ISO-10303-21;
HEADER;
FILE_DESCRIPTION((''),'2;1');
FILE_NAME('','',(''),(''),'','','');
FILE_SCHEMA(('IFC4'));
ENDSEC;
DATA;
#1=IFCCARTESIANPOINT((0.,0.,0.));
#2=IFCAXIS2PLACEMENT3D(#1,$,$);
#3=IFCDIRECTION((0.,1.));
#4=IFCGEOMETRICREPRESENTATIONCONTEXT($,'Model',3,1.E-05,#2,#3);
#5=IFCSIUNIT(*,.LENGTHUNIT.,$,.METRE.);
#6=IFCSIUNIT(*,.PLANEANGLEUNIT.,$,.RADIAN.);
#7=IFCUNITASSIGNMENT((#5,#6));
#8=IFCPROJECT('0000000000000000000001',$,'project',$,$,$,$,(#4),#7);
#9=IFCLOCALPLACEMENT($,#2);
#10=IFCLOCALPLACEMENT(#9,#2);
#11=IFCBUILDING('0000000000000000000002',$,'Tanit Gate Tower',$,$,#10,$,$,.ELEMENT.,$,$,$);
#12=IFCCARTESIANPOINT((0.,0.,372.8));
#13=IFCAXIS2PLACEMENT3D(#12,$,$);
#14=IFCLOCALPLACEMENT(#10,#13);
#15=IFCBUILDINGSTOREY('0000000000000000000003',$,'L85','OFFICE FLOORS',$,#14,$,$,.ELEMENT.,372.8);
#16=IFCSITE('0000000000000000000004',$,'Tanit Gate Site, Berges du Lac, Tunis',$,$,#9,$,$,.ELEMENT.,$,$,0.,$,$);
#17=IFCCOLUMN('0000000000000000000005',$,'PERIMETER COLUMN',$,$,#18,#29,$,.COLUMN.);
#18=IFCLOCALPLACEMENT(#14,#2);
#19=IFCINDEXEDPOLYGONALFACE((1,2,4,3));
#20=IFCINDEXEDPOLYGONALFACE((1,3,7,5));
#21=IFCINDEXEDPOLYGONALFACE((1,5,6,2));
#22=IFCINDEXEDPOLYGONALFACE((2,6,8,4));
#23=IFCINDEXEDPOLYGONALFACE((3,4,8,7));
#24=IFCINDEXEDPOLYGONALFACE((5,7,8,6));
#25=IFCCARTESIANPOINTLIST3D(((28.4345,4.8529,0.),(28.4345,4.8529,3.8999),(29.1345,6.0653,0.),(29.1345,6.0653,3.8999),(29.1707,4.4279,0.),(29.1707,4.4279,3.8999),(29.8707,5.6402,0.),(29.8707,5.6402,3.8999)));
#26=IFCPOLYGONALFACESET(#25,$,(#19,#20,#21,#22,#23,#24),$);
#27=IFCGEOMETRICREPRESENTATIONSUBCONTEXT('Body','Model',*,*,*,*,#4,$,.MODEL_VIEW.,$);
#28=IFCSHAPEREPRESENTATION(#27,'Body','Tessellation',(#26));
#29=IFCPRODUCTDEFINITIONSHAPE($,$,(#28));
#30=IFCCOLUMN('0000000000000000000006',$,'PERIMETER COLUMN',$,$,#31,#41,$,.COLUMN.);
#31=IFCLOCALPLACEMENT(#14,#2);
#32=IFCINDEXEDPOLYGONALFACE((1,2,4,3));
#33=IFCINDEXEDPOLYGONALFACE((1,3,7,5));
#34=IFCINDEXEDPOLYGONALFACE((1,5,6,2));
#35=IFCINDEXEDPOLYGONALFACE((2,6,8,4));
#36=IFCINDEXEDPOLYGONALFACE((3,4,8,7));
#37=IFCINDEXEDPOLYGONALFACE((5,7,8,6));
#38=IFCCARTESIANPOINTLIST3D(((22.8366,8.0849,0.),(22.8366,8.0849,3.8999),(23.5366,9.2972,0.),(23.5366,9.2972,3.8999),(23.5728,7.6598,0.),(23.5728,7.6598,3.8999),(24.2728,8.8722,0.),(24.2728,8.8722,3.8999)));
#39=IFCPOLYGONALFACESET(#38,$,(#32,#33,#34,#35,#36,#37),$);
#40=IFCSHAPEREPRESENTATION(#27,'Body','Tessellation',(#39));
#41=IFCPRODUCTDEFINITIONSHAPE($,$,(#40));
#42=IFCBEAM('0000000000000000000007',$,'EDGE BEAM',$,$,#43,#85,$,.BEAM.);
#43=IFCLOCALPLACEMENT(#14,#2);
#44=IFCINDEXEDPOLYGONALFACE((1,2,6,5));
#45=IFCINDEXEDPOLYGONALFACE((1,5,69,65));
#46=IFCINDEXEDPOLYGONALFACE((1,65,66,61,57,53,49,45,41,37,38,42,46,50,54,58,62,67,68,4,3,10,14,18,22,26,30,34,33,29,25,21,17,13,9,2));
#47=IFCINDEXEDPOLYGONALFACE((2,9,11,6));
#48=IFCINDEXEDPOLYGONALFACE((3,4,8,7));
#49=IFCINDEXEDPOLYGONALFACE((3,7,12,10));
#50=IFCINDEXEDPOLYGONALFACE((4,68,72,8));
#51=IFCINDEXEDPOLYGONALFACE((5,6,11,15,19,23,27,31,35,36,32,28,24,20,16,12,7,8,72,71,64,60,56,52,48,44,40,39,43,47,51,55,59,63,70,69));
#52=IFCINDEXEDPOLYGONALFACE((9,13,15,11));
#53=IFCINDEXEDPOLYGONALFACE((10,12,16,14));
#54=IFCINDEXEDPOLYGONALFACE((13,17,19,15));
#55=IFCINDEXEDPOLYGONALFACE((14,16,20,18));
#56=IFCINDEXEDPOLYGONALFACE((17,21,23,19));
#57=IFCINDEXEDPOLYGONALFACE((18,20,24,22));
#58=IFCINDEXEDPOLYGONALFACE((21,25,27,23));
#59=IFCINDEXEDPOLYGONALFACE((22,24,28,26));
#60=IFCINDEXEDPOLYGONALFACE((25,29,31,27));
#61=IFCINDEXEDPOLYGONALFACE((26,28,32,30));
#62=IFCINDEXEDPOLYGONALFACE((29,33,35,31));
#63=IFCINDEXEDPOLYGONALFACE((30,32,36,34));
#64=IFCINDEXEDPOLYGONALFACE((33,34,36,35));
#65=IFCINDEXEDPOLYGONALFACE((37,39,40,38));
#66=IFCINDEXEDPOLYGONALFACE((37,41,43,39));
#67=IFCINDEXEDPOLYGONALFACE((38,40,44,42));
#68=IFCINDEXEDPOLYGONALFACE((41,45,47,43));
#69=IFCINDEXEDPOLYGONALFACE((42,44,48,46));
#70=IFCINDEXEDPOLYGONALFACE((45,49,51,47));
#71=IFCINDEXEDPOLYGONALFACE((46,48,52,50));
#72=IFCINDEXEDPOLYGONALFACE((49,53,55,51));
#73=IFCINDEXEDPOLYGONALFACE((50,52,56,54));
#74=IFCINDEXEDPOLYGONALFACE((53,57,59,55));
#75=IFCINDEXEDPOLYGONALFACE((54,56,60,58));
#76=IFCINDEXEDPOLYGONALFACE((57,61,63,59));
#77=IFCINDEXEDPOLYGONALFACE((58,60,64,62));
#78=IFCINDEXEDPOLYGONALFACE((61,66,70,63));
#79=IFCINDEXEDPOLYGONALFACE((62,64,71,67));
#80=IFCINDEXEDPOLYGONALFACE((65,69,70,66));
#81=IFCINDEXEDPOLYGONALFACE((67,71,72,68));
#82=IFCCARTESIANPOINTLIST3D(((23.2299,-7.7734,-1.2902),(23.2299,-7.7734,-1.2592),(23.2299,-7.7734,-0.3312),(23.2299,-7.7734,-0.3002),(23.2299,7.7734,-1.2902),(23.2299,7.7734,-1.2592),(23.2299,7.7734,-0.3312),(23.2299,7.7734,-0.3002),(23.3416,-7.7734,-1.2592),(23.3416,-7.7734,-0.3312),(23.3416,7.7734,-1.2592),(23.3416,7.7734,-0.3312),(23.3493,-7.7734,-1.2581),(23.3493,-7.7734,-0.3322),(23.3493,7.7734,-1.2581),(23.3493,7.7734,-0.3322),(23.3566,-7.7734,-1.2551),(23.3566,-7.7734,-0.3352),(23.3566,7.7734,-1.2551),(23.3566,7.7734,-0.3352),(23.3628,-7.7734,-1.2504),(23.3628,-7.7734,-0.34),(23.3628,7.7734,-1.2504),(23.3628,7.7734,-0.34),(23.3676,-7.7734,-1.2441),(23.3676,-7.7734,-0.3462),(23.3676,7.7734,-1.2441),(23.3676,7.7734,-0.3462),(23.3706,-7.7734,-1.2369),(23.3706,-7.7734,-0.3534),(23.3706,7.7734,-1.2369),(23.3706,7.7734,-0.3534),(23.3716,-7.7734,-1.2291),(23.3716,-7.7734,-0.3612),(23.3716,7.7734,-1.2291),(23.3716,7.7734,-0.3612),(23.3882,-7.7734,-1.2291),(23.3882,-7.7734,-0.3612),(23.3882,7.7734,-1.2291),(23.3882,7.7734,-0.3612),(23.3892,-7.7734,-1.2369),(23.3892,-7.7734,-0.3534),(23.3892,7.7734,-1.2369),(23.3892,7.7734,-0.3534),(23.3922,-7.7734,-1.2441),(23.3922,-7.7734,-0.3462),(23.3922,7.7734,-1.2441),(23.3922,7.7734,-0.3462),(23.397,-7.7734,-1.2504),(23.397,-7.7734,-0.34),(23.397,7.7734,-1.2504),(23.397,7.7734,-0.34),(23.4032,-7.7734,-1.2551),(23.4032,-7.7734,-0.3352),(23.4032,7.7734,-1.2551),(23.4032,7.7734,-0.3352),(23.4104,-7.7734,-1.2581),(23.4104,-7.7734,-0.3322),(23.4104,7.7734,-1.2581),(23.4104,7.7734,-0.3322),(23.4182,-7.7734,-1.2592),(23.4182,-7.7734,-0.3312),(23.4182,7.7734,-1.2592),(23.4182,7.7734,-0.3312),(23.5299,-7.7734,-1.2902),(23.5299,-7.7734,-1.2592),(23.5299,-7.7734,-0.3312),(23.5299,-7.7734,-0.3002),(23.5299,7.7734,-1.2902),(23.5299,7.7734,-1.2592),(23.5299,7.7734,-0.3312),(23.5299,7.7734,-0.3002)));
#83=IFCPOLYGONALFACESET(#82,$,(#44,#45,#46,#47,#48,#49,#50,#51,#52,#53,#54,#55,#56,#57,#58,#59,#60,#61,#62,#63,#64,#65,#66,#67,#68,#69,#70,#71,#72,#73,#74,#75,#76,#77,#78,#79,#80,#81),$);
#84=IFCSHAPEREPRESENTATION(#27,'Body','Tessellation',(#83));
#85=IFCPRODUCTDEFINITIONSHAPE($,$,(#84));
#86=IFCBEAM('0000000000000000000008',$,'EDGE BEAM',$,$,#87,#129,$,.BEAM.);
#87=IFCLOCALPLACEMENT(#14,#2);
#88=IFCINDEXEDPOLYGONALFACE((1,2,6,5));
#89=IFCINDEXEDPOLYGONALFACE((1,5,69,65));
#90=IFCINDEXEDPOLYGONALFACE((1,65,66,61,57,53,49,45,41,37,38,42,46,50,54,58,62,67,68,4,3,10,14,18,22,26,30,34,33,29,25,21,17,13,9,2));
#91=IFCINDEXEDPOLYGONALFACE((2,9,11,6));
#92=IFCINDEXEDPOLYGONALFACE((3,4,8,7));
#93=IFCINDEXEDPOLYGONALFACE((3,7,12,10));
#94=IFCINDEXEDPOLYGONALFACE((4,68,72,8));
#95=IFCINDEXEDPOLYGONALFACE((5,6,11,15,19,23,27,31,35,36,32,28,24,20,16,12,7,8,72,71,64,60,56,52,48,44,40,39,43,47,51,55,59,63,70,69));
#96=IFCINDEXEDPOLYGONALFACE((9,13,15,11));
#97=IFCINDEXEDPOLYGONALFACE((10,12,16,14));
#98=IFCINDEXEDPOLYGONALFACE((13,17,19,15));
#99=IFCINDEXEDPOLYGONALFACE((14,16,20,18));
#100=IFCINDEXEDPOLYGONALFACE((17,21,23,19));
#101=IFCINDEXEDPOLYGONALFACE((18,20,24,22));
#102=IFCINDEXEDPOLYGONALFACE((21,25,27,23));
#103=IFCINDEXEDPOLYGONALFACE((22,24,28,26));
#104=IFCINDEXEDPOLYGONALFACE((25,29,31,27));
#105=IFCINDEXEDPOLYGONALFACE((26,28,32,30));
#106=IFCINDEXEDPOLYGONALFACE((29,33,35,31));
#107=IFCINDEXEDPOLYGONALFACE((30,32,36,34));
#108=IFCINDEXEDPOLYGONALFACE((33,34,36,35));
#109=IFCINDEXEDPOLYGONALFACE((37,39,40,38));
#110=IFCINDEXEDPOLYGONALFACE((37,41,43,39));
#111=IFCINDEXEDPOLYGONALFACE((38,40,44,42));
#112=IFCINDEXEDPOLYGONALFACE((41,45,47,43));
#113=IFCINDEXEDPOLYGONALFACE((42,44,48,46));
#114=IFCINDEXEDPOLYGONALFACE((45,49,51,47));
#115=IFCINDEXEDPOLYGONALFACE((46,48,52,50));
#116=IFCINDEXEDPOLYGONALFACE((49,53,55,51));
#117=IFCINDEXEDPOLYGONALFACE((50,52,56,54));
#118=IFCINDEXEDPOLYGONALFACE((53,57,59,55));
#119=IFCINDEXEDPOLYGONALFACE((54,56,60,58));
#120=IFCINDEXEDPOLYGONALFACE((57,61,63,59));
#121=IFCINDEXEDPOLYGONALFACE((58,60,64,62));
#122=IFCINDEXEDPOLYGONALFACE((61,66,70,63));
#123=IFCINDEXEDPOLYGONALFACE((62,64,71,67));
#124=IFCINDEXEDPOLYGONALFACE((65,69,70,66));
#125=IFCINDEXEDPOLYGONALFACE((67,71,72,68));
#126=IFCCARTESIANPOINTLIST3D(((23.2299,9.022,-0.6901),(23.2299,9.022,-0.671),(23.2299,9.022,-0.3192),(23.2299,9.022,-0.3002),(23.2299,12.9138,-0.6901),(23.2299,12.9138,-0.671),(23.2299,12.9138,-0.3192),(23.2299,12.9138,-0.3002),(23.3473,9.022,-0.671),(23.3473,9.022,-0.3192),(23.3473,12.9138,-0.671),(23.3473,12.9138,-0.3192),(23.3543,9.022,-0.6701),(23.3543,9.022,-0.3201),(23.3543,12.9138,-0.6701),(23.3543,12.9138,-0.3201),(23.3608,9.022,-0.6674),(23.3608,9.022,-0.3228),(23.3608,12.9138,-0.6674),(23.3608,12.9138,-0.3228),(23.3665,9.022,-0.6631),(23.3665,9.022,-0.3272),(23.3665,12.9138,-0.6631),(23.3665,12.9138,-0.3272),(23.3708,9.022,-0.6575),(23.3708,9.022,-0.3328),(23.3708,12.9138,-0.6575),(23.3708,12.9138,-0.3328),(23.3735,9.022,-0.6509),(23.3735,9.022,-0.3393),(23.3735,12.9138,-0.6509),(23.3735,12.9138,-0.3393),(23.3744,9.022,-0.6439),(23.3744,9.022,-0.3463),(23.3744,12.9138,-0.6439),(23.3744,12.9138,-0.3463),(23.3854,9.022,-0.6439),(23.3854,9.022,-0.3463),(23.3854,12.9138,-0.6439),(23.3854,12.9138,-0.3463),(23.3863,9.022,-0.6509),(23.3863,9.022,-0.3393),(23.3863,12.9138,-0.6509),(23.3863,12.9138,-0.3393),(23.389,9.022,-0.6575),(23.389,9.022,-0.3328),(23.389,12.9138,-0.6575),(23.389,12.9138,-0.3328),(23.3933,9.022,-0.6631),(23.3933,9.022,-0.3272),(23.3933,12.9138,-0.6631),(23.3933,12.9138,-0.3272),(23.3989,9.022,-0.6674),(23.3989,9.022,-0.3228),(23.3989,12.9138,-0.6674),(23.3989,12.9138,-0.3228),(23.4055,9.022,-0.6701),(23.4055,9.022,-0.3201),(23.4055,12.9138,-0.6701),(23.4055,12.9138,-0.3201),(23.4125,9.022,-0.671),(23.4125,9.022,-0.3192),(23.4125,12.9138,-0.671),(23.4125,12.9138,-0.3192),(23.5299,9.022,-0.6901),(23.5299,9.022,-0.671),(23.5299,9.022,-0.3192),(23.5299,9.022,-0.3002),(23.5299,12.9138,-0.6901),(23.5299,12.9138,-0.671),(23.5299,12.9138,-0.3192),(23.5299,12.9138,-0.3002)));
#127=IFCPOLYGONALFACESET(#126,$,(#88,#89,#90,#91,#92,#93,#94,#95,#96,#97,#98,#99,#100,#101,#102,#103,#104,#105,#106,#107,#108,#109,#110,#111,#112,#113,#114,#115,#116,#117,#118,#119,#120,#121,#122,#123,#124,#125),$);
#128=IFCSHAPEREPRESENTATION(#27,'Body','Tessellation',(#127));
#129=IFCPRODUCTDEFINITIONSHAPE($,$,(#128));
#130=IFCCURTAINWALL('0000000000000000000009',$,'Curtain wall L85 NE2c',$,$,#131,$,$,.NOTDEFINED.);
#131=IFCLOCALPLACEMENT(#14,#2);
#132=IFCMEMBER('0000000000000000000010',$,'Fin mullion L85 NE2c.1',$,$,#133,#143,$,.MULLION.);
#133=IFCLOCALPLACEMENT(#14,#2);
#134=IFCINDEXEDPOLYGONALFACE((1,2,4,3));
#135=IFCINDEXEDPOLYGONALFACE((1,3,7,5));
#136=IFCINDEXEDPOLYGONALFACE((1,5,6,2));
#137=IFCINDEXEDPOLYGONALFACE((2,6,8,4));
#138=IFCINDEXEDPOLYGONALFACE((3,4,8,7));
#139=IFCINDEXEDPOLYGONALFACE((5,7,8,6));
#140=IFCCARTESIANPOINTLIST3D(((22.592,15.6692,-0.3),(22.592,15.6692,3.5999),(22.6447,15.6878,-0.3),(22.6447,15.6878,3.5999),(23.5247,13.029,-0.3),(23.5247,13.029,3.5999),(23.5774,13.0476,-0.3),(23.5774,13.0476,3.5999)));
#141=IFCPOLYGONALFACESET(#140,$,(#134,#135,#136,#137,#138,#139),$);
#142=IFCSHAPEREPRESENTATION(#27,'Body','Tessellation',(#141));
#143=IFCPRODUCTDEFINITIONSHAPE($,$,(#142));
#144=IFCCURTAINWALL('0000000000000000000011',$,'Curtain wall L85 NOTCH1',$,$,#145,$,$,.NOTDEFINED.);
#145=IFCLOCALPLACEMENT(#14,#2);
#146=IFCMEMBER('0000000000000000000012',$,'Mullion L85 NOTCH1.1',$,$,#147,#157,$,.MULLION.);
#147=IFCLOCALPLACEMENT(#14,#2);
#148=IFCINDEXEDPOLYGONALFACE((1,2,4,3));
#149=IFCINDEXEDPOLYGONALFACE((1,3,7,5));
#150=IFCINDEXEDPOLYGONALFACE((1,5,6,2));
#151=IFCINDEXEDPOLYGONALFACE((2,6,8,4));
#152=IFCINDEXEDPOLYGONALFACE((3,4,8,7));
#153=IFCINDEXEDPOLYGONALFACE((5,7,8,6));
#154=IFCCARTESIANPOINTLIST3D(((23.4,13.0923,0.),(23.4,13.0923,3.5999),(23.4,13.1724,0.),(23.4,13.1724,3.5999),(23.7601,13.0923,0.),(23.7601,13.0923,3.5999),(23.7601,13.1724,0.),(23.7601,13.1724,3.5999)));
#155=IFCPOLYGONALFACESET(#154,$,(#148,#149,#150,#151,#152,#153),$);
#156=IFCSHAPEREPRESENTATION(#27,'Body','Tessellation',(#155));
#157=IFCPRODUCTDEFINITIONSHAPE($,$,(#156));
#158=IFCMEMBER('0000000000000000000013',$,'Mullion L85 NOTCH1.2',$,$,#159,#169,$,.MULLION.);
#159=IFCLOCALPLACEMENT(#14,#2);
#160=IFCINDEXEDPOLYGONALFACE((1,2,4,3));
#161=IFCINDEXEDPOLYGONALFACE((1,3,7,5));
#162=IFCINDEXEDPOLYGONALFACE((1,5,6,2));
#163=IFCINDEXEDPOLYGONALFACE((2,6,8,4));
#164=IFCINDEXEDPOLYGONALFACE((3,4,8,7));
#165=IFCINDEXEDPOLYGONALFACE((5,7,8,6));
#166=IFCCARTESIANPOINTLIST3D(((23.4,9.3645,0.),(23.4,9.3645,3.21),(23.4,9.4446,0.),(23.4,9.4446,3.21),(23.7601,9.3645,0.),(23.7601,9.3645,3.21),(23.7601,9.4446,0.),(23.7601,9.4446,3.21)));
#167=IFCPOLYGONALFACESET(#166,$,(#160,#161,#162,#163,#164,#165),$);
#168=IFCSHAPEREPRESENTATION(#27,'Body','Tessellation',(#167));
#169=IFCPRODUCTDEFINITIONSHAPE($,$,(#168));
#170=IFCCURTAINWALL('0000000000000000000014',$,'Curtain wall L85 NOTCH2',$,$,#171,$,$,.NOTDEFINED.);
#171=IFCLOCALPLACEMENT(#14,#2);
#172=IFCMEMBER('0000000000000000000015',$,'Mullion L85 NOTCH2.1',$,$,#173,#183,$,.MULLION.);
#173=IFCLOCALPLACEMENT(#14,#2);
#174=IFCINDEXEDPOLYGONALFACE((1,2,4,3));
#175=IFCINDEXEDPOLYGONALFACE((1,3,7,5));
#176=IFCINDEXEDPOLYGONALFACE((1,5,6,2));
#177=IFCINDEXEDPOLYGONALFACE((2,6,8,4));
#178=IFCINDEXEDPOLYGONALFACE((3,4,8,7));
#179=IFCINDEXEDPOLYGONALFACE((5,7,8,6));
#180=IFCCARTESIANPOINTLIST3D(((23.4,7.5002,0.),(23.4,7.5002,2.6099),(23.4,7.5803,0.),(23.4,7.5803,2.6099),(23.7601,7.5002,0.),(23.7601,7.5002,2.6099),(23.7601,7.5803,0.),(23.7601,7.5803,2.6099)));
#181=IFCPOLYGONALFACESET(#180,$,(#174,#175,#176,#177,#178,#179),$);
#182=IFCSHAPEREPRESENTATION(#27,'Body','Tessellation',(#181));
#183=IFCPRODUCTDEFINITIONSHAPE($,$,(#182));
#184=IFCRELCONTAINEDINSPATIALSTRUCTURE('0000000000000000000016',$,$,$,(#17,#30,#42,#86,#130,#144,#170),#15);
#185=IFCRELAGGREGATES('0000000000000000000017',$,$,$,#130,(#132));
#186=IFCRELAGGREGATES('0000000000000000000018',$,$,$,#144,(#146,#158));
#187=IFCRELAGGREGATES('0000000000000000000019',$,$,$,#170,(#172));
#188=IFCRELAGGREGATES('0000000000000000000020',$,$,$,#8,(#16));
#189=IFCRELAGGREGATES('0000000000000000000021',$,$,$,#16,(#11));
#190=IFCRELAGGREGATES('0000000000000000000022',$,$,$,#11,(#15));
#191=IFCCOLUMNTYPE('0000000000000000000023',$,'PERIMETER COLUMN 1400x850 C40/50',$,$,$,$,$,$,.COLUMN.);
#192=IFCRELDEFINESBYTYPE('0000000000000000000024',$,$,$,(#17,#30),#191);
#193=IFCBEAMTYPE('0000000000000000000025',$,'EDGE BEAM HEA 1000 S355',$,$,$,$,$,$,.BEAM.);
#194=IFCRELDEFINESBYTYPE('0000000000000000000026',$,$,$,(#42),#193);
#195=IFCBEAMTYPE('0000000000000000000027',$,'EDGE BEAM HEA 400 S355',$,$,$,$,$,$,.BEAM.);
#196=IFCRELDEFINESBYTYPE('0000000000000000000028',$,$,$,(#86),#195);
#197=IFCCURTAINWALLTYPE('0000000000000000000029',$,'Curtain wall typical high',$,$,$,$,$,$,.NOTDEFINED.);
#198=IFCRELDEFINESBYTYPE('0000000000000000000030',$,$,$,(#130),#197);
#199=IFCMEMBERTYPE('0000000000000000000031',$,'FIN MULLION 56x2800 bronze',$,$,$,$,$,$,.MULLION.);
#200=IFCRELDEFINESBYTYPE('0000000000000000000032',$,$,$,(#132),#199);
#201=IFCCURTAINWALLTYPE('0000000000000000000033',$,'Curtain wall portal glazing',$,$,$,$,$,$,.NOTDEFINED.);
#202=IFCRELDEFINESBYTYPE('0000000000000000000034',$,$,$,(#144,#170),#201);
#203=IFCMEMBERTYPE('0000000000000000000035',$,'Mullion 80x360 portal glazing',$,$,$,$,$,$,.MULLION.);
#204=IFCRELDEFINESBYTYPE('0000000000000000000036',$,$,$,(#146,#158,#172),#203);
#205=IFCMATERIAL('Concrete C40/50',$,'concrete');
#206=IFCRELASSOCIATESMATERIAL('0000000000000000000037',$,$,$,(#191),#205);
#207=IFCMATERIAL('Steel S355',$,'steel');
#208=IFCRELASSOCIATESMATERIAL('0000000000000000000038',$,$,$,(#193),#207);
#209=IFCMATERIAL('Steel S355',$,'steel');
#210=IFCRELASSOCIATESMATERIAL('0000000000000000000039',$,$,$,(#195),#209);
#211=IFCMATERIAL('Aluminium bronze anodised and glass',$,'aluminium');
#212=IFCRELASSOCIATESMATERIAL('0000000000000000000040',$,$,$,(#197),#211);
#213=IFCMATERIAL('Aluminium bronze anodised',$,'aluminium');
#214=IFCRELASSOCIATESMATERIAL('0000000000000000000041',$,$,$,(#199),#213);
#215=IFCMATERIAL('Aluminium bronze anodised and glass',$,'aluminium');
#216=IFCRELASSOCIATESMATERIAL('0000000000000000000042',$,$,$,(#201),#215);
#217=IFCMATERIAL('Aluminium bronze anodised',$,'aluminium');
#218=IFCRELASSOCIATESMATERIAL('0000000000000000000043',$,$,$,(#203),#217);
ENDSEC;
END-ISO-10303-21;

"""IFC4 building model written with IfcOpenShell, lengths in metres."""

from ifc_helpers import new_model, si_unit, direction, frame, origin, origin_2d, place, context, subcontext, project, spatial, rectangle, i_section, extrude, material, material_profile, profile_set, type_object, element, aggregate, save


model = new_model("IFC4")

# Units and contexts
model_context = context("Model", 3, precision=1e-05, world=origin(), true_north=direction((0.0, 1.0)))
body_context = subcontext(model_context, "Body", "Model", "MODEL_VIEW")
ifc_project = project(units=[si_unit("LENGTHUNIT", "METRE"), si_unit("PLANEANGLEUNIT", "RADIAN")], contexts=[model_context])

# Site, building, storey
site_placement = place(None, origin())
site = spatial("IfcSite", under=ifc_project, at=site_placement, Name="Tanit Gate Site, Berges du Lac, Tunis", CompositionType="ELEMENT", RefElevation=0.0)
building_placement = place(site_placement, origin())
building = spatial("IfcBuilding", under=site, at=building_placement, Name="Tanit Gate Tower", CompositionType="ELEMENT")
storey_placement = place(building_placement, frame((0.0, 0.0, 372.8)))
storey = spatial("IfcBuildingStorey", under=building, at=storey_placement, Name="L85", Description="OFFICE FLOORS", CompositionType="ELEMENT", Elevation=372.8)

# Columns
ifc_material_1 = material(Name="Concrete C40/50", Category="concrete")
ifc_material_profile_1 = material_profile(ifc_material_1, rectangle(XDim=1.3999, YDim=0.8501, at=origin_2d()), Name="RC 1400x850")
ifc_profile_set_1 = profile_set([ifc_material_profile_1], Name="Concrete C40/50")
column_type = type_object("IfcColumnType", Name="PERIMETER COLUMN 1400x850 C40/50", PredefinedType="COLUMN", material=ifc_profile_set_1)
for number, where, z_axis, x_axis, name in (
    (1, (29.1526, 5.2466, 0.0), (0.0, 0.0, 1.0), (0.5, 0.866025, 0.0), "PERIMETER COLUMN"),
    (2, (23.5547, 8.4785, 0.0), (0.0, 0.0, 1.0), (0.5, 0.866025, 0.0), "PERIMETER COLUMN"),
):
    element("IfcColumn", number, at=place(storey_placement, frame(where, z_axis=z_axis, x_axis=x_axis)), inside=storey, type_object=column_type, Name=name, PredefinedType="COLUMN", context=body_context, shape_type="SweptSolid", body=[
        extrude(rectangle(XDim=1.3999, YDim=0.8501, at=origin_2d()), origin(), (0.0, 0.0, 1.0), 3.8999),
    ])

# Beams
ifc_material_2 = material(Name="Steel S355", Category="steel")
ifc_material_profile_2 = material_profile(ifc_material_2, i_section(OverallWidth=0.3, OverallDepth=0.99, WebThickness=0.0166, FlangeThickness=0.031, FilletRadius=0.03, at=origin_2d()), Name="HEA 1000")
ifc_profile_set_2 = profile_set([ifc_material_profile_2], Name="Steel S355")
beam_type_1 = type_object("IfcBeamType", Name="EDGE BEAM HEA 1000 S355", PredefinedType="BEAM", material=ifc_profile_set_2)
beam_1_placement = place(storey_placement, frame((23.3799, 7.7734, -0.7952), z_axis=(0.0, -1.0, 0.0), x_axis=(1.0, 0.0, 0.0)))
element("IfcBeam", 3, at=beam_1_placement, inside=storey, type_object=beam_type_1, Name="EDGE BEAM", PredefinedType="BEAM", context=body_context, shape_type="SweptSolid", body=[
    extrude(i_section(OverallWidth=0.3, OverallDepth=0.99, WebThickness=0.0166, FlangeThickness=0.031, FilletRadius=0.03, at=origin_2d()), origin(), (0.0, 0.0, 1.0), 15.5469),
])
ifc_material_3 = material(Name="Steel S355", Category="steel")
ifc_material_profile_3 = material_profile(ifc_material_3, i_section(OverallWidth=0.3, OverallDepth=0.3899, WebThickness=0.011, FlangeThickness=0.019, FilletRadius=0.0271, at=origin_2d()), Name="HEA 400")
ifc_profile_set_3 = profile_set([ifc_material_profile_3], Name="Steel S355")
beam_type_2 = type_object("IfcBeamType", Name="EDGE BEAM HEA 400 S355", PredefinedType="BEAM", material=ifc_profile_set_3)
beam_2_placement = place(storey_placement, frame((23.3799, 12.9138, -0.4951), z_axis=(0.0, -1.0, 0.0), x_axis=(1.0, 0.0, 0.0)))
element("IfcBeam", 4, at=beam_2_placement, inside=storey, type_object=beam_type_2, Name="EDGE BEAM", PredefinedType="BEAM", context=body_context, shape_type="SweptSolid", body=[
    extrude(i_section(OverallWidth=0.3, OverallDepth=0.3899, WebThickness=0.011, FlangeThickness=0.019, FilletRadius=0.0271, at=origin_2d()), origin(), (0.0, 0.0, 1.0), 3.8918),
])

# Curtain wall, member
ifc_material_4 = material(Name="Aluminium bronze anodised and glass", Category="aluminium")
curtain_wall_type_1 = type_object("IfcCurtainWallType", Name="Curtain wall typical high", PredefinedType="NOTDEFINED", material=ifc_material_4)
curtain_wall_1_placement = place(storey_placement, origin())
curtain_wall_1 = element("IfcCurtainWall", 5, at=curtain_wall_1_placement, inside=storey, type_object=curtain_wall_type_1, Name="Curtain wall L85 NE2c", PredefinedType="NOTDEFINED")
ifc_material_5 = material(Name="Aluminium bronze anodised", Category="aluminium")
ifc_material_profile_4 = material_profile(ifc_material_5, rectangle(XDim=2.8, YDim=0.0559, at=origin_2d()), Name="56x2800 bronze fin mullion")
ifc_profile_set_4 = profile_set([ifc_material_profile_4], Name="Aluminium bronze anodised")
member_type_1 = type_object("IfcMemberType", Name="FIN MULLION 56x2800 bronze", PredefinedType="MULLION", material=ifc_profile_set_4)
member_1_placement = place(storey_placement, frame((23.0847, 14.3584, -0.3), z_axis=(0.0, 0.0, 1.0), x_axis=(0.33309, -0.942895, 0.0)))
member_1 = element("IfcMember", 6, at=member_1_placement, type_object=member_type_1, Name="Fin mullion L85 NE2c.1", PredefinedType="MULLION", context=body_context, shape_type="SweptSolid", body=[
    extrude(rectangle(XDim=2.8, YDim=0.0559, at=origin_2d()), origin(), (0.0, 0.0, 1.0), 3.8999),
])

# Curtain wall, members
ifc_material_6 = material(Name="Aluminium bronze anodised and glass", Category="aluminium")
curtain_wall_type_2 = type_object("IfcCurtainWallType", Name="Curtain wall portal glazing", PredefinedType="NOTDEFINED", material=ifc_material_6)
curtain_wall_2_placement = place(storey_placement, origin())
curtain_wall_2 = element("IfcCurtainWall", 7, at=curtain_wall_2_placement, inside=storey, type_object=curtain_wall_type_2, Name="Curtain wall L85 NOTCH1", PredefinedType="NOTDEFINED")
ifc_material_7 = material(Name="Aluminium bronze anodised", Category="aluminium")
ifc_material_profile_5 = material_profile(ifc_material_7, rectangle(XDim=0.3601, YDim=0.0801, at=origin_2d()), Name="80x360 bronze mullion")
ifc_profile_set_5 = profile_set([ifc_material_profile_5], Name="Aluminium bronze anodised")
member_type_2 = type_object("IfcMemberType", Name="Mullion 80x360 portal glazing", PredefinedType="MULLION", material=ifc_profile_set_5)
member_2_placement = place(storey_placement, frame((23.5801, 13.1323, 0.0), z_axis=(0.0, 0.0, 1.0), x_axis=(1.0, 0.0, 0.0)))
member_2 = element("IfcMember", 8, at=member_2_placement, type_object=member_type_2, Name="Mullion L85 NOTCH1.1", PredefinedType="MULLION", context=body_context, shape_type="SweptSolid", body=[
    extrude(rectangle(XDim=0.3601, YDim=0.0801, at=origin_2d()), origin(), (0.0, 0.0, 1.0), 3.5999),
])
member_3_placement = place(storey_placement, frame((23.5801, 9.4045, 0.0), z_axis=(0.0, 0.0, 1.0), x_axis=(1.0, 0.0, 0.0)))
member_3 = element("IfcMember", 9, at=member_3_placement, type_object=member_type_2, Name="Mullion L85 NOTCH1.2", PredefinedType="MULLION", context=body_context, shape_type="SweptSolid", body=[
    extrude(rectangle(XDim=0.3601, YDim=0.0801, at=origin_2d()), origin(), (0.0, 0.0, 1.0), 3.21),
])

# Curtain wall, member
curtain_wall_3_placement = place(storey_placement, origin())
curtain_wall_3 = element("IfcCurtainWall", 10, at=curtain_wall_3_placement, inside=storey, type_object=curtain_wall_type_2, Name="Curtain wall L85 NOTCH2", PredefinedType="NOTDEFINED")
member_4_placement = place(storey_placement, frame((23.5801, 7.5403, 0.0), z_axis=(0.0, 0.0, 1.0), x_axis=(1.0, 0.0, 0.0)))
member_4 = element("IfcMember", 11, at=member_4_placement, type_object=member_type_2, Name="Mullion L85 NOTCH2.1", PredefinedType="MULLION", context=body_context, shape_type="SweptSolid", body=[
    extrude(rectangle(XDim=0.3601, YDim=0.0801, at=origin_2d()), origin(), (0.0, 0.0, 1.0), 2.6099),
])

aggregate(curtain_wall_1, [member_1])

aggregate(curtain_wall_2, [member_2, member_3])
aggregate(curtain_wall_3, [member_4])

save(model, "model.ifc")
